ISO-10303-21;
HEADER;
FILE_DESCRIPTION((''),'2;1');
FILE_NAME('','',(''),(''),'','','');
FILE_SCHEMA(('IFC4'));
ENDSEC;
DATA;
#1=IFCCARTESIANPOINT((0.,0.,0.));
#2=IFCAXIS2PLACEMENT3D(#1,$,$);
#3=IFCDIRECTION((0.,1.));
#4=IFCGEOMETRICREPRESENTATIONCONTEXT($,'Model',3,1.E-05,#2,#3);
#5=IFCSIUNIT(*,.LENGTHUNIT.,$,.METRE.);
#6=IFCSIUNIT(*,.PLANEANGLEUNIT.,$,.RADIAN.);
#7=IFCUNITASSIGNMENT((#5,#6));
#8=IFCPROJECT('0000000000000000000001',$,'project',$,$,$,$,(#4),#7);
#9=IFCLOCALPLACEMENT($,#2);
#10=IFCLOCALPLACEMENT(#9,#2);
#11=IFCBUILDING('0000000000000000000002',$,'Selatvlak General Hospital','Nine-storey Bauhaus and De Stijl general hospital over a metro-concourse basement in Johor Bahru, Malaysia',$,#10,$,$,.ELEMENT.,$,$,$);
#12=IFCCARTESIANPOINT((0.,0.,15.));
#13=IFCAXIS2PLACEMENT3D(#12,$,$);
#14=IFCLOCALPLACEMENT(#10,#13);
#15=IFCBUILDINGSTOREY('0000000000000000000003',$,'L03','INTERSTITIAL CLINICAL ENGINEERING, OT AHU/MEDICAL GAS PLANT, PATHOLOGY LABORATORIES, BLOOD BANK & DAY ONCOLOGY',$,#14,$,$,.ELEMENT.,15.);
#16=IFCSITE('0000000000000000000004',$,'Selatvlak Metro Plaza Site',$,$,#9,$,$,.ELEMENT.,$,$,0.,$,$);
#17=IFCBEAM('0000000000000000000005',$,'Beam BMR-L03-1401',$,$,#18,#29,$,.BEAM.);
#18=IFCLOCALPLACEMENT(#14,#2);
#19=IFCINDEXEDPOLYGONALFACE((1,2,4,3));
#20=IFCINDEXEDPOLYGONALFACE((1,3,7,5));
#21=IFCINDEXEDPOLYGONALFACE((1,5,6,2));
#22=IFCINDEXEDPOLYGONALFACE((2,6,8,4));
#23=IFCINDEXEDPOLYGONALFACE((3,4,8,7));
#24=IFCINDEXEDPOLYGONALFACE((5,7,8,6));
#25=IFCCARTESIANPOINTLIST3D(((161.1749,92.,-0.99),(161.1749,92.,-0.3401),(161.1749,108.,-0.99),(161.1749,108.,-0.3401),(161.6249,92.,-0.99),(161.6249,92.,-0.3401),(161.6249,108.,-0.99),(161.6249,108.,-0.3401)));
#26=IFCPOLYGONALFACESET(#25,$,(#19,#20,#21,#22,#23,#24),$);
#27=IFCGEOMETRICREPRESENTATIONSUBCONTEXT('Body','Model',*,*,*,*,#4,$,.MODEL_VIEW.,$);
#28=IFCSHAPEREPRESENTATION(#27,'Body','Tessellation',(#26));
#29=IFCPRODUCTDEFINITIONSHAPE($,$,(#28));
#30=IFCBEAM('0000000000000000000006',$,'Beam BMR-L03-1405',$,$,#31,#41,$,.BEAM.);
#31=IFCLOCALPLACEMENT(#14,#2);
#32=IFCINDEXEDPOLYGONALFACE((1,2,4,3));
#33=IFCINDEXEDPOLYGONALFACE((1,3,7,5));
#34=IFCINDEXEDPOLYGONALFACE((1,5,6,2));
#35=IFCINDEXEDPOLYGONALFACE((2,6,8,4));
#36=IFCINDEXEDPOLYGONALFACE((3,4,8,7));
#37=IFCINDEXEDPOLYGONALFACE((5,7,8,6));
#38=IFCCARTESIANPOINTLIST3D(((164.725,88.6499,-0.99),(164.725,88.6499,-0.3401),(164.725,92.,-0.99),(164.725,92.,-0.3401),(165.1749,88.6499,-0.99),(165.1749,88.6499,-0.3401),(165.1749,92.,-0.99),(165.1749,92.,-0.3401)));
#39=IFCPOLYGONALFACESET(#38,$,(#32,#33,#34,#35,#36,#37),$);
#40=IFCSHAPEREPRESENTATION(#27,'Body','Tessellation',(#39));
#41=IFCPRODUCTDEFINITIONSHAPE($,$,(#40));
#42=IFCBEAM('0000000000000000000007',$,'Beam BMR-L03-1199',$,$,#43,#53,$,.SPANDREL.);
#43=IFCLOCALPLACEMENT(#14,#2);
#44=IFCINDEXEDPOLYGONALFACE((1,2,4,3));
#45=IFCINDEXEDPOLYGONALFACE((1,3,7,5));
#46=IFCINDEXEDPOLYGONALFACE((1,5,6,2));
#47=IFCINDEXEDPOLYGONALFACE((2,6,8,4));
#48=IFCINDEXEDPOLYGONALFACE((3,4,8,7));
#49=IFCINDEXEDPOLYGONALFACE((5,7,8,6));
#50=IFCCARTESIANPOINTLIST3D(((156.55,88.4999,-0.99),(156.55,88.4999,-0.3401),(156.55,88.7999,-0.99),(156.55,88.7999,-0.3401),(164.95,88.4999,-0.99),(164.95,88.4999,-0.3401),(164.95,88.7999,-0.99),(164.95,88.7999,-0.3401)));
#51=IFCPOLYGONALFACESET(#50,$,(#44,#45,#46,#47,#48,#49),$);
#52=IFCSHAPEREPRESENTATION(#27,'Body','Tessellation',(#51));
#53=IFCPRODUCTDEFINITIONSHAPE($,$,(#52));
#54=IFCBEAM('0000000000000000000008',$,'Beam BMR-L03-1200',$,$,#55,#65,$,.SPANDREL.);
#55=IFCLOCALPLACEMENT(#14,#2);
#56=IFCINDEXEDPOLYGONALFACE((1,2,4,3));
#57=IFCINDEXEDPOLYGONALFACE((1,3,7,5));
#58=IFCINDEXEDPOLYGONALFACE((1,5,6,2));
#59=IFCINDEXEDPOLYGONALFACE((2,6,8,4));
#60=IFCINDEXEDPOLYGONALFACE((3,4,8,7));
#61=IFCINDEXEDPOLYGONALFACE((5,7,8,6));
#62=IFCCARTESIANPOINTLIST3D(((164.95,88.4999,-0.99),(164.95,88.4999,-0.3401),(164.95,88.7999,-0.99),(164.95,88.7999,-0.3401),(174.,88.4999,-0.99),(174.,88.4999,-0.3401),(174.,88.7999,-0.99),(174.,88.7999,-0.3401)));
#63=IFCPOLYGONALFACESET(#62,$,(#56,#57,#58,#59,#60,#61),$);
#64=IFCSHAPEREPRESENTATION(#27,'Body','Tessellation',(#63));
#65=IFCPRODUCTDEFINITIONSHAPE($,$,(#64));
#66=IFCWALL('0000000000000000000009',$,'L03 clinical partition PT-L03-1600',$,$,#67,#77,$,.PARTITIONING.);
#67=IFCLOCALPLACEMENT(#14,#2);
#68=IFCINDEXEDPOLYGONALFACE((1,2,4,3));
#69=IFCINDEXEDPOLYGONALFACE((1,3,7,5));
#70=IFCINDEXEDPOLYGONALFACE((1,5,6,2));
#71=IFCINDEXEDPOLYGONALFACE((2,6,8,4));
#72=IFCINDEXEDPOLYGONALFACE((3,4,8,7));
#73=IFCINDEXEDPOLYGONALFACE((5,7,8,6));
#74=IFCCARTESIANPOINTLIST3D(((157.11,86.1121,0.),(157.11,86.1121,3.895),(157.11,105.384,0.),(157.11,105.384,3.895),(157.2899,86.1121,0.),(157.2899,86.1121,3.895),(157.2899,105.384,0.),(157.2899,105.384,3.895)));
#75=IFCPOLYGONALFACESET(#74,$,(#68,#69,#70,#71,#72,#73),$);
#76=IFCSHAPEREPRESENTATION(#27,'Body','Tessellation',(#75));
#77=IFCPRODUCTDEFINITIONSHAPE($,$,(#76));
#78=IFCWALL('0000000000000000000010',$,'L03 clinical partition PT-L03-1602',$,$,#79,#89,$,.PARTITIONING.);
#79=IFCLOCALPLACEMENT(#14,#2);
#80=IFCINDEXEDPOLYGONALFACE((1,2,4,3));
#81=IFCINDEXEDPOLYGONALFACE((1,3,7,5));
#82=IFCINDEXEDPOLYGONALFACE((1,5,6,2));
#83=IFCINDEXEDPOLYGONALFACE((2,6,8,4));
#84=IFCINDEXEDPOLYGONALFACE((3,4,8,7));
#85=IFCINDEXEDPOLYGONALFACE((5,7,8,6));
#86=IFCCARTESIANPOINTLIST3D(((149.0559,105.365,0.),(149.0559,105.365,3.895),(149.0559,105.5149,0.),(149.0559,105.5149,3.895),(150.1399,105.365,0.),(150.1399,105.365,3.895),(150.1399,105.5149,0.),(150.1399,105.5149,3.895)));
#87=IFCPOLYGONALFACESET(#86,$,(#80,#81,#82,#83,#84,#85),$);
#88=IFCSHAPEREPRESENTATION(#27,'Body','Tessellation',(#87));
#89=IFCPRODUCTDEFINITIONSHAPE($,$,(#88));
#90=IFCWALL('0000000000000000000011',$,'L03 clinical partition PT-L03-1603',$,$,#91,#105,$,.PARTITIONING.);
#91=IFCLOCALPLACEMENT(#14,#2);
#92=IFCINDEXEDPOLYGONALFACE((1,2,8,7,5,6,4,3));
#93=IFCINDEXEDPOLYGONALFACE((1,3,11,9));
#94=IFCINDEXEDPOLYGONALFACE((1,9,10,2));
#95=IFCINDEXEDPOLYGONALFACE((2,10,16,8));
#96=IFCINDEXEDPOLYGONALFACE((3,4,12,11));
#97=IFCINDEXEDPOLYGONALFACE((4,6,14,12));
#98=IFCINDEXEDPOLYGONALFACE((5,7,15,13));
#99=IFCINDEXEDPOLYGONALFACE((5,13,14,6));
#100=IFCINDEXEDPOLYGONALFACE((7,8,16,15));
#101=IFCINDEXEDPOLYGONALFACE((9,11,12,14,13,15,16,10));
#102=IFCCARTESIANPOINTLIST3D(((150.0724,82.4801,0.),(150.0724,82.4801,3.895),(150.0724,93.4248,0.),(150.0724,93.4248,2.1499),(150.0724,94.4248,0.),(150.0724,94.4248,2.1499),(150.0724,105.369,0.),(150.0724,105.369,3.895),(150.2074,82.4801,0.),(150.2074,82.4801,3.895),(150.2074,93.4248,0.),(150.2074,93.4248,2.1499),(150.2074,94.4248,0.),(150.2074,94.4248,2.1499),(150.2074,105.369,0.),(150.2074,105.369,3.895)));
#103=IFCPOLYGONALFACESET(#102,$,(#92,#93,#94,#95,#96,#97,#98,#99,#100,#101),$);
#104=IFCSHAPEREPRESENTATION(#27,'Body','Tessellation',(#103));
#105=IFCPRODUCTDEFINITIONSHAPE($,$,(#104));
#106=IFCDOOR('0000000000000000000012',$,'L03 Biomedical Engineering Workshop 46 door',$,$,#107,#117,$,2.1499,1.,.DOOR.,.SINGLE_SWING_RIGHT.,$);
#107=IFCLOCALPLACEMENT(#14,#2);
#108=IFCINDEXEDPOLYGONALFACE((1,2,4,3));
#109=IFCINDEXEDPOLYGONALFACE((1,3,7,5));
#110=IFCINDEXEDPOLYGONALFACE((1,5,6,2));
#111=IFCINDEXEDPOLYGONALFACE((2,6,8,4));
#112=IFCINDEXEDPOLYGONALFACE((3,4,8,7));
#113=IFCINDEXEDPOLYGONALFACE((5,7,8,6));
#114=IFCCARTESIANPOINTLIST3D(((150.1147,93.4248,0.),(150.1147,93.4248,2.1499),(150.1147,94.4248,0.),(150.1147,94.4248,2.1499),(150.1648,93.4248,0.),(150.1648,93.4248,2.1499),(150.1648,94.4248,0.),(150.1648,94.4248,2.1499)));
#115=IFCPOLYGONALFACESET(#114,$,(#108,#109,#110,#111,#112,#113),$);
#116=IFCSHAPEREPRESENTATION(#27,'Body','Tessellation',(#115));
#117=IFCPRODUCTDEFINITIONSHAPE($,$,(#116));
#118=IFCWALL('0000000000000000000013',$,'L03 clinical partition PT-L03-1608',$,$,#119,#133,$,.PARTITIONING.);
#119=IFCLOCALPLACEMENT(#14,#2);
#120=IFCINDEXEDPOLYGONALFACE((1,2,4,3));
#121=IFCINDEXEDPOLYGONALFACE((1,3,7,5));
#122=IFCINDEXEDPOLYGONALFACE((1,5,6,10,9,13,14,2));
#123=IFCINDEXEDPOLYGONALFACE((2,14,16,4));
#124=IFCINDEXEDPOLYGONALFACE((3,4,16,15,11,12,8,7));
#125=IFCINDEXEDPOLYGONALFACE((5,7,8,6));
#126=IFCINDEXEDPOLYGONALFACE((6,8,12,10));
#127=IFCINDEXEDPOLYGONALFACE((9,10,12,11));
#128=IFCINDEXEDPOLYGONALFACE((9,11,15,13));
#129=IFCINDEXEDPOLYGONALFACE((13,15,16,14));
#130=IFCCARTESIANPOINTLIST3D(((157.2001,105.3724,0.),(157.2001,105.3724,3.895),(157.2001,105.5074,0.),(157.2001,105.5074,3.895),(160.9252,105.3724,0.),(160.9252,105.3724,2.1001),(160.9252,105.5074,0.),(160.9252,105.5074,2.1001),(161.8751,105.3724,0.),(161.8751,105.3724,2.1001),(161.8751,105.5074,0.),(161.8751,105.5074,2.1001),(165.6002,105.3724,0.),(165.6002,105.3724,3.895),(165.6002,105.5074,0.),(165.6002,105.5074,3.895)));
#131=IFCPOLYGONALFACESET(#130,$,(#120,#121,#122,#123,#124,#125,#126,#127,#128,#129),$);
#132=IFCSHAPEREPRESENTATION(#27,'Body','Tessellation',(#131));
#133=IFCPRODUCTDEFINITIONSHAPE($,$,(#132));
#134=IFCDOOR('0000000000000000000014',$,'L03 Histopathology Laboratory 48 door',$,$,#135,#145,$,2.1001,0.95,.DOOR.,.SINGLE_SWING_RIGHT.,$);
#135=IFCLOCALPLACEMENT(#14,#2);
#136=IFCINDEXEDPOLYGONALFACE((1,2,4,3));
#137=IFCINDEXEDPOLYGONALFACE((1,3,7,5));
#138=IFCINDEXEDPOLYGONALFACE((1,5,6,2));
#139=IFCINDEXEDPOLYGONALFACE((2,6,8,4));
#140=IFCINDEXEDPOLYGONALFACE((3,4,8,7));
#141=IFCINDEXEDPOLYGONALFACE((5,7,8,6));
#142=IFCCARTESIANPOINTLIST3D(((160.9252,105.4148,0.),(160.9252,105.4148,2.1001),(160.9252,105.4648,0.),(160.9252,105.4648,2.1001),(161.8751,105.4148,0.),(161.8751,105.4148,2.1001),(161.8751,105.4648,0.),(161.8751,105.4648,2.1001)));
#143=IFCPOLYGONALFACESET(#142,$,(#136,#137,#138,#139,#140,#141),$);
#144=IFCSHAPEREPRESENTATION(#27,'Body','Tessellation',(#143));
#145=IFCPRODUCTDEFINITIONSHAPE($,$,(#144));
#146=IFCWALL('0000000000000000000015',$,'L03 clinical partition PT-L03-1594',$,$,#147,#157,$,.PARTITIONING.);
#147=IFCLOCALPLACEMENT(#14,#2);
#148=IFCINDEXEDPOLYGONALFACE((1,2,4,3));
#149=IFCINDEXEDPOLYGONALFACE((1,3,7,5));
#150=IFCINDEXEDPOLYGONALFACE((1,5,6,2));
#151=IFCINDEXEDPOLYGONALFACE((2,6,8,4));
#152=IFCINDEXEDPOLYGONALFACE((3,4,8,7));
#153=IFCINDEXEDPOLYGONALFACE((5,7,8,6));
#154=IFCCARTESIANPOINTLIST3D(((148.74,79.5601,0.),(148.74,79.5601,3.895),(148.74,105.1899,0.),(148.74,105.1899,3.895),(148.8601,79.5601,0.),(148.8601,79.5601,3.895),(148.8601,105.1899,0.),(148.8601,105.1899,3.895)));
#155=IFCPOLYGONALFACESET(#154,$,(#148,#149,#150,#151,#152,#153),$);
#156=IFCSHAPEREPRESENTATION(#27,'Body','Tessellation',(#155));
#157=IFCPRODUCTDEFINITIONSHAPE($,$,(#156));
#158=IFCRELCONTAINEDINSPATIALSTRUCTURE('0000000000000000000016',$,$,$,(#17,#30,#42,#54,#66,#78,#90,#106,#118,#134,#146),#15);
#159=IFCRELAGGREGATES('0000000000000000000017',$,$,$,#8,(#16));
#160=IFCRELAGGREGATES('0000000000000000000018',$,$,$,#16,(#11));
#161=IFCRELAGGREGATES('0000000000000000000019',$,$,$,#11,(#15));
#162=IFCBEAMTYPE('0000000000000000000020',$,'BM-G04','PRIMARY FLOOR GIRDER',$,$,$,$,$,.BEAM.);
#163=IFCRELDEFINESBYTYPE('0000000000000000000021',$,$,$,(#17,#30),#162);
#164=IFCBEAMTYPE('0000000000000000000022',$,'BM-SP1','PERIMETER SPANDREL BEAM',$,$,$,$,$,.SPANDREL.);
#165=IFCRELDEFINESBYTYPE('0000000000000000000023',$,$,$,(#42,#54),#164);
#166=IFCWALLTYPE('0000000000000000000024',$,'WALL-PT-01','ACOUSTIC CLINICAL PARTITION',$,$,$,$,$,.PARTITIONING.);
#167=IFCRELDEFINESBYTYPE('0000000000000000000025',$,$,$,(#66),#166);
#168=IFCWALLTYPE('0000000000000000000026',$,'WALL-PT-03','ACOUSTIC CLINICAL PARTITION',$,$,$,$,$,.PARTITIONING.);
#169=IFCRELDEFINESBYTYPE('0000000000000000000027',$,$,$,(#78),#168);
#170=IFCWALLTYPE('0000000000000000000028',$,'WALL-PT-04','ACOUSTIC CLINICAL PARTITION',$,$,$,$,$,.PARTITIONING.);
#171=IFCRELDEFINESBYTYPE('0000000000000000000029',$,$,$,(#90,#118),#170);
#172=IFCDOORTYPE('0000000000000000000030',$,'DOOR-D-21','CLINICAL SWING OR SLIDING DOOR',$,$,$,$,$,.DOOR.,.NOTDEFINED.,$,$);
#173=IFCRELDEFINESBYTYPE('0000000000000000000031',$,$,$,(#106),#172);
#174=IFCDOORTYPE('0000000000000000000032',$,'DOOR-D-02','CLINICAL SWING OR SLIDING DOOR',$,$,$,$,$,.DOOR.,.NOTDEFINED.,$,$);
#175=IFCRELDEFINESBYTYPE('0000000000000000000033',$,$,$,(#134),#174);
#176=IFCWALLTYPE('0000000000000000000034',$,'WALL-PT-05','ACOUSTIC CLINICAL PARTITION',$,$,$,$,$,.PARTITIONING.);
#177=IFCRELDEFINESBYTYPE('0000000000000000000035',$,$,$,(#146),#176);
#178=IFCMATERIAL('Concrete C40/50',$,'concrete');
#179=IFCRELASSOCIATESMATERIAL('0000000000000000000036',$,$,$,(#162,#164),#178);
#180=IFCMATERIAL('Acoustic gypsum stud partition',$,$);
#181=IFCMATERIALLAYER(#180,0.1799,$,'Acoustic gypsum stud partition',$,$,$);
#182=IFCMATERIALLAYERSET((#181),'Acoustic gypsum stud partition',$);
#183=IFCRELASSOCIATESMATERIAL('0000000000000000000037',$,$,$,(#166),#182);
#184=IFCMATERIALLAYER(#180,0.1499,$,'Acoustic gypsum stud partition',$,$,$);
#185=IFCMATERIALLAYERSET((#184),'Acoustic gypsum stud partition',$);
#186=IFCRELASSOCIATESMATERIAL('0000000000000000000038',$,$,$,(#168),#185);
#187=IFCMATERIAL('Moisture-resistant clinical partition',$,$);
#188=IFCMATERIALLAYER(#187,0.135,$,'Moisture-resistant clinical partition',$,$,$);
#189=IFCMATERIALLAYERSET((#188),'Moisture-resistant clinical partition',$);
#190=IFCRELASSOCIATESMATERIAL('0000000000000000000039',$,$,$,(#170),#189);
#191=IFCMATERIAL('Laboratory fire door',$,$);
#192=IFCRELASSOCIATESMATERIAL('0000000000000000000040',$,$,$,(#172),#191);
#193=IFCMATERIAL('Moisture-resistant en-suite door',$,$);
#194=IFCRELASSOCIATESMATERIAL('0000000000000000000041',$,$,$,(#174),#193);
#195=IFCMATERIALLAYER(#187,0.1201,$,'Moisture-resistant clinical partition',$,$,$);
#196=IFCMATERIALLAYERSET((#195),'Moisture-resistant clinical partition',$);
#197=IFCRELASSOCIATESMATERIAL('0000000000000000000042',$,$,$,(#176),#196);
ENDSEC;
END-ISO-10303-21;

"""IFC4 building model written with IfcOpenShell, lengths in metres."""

from ifc_helpers import new_model, si_unit, direction, frame, frame_2d, origin, origin_2d, place, context, subcontext, project, spatial, rectangle, extrude, material, layer, layer_set, material_profile, profile_set, type_object, element, fill, save


model = new_model("IFC4")

# Units and contexts
model_context = context("Model", 3, precision=1e-05, world=origin(), true_north=direction((0.0, 1.0)))
body_context = subcontext(model_context, "Body", "Model", "MODEL_VIEW")
ifc_project = project(units=[si_unit("LENGTHUNIT", "METRE"), si_unit("PLANEANGLEUNIT", "RADIAN")], contexts=[model_context])

# Site, building, storey
site_placement = place(None, origin())
site = spatial("IfcSite", under=ifc_project, at=site_placement, Name="Selatvlak Metro Plaza Site", CompositionType="ELEMENT", RefElevation=0.0)
building_placement = place(site_placement, origin())
building = spatial("IfcBuilding", under=site, at=building_placement, Name="Selatvlak General Hospital", Description="Nine-storey Bauhaus and De Stijl general hospital over a metro-concourse basement in Johor Bahru, Malaysia", CompositionType="ELEMENT")
storey_placement = place(building_placement, frame((0.0, 0.0, 15.0)))
storey = spatial("IfcBuildingStorey", under=building, at=storey_placement, Name="L03", Description="INTERSTITIAL CLINICAL ENGINEERING, OT AHU/MEDICAL GAS PLANT, PATHOLOGY LABORATORIES, BLOOD BANK & DAY ONCOLOGY", CompositionType="ELEMENT", Elevation=15.0)

# Beams
ifc_material_1 = material(Name="Concrete C40/50", Category="concrete")
ifc_material_profile_1 = material_profile(ifc_material_1, rectangle(XDim=0.45, YDim=0.6499, at=origin_2d()), Name="RC-BM 450x650")
ifc_profile_set_1 = profile_set([ifc_material_profile_1], Name="Concrete C40/50")
beam_type_1 = type_object("IfcBeamType", Name="BM-G04", Description="PRIMARY FLOOR GIRDER", PredefinedType="BEAM", material=ifc_profile_set_1)
beam_1_placement = place(storey_placement, frame((161.3999, 92.0, -0.665), z_axis=(0.0, 1.0, 0.0), x_axis=(-1.0, 0.0, 0.0)))
element("IfcBeam", 1, at=beam_1_placement, inside=storey, type_object=beam_type_1, Name="Beam BMR-L03-1401", PredefinedType="BEAM", context=body_context, shape_type="SweptSolid", body=[
    extrude(rectangle(XDim=0.45, YDim=0.6499, at=origin_2d()), origin(), (0.0, 0.0, 1.0), 16.0),
])
beam_2_placement = place(storey_placement, frame((164.95, 88.6499, -0.665), z_axis=(0.0, 1.0, 0.0), x_axis=(-1.0, 0.0, 0.0)))
element("IfcBeam", 2, at=beam_2_placement, inside=storey, type_object=beam_type_1, Name="Beam BMR-L03-1405", PredefinedType="BEAM", context=body_context, shape_type="SweptSolid", body=[
    extrude(rectangle(XDim=0.45, YDim=0.6499, at=origin_2d()), origin(), (0.0, 0.0, 1.0), 3.3501),
])
ifc_material_profile_2 = material_profile(ifc_material_1, rectangle(XDim=0.3, YDim=0.6499, at=origin_2d()), Name="RC-SP 300x650")
ifc_profile_set_2 = profile_set([ifc_material_profile_2], Name="Concrete C40/50")
beam_type_2 = type_object("IfcBeamType", Name="BM-SP1", Description="PERIMETER SPANDREL BEAM", PredefinedType="SPANDREL", material=ifc_profile_set_2)
beam_3_placement = place(storey_placement, frame((156.55, 88.6499, -0.665), z_axis=(1.0, 0.0, 0.0), x_axis=(0.0, 1.0, 0.0)))
element("IfcBeam", 3, at=beam_3_placement, inside=storey, type_object=beam_type_2, Name="Beam BMR-L03-1199", PredefinedType="SPANDREL", context=body_context, shape_type="SweptSolid", body=[
    extrude(rectangle(XDim=0.3, YDim=0.6499, at=origin_2d()), origin(), (0.0, 0.0, 1.0), 8.3999),
])
beam_4_placement = place(storey_placement, frame((164.95, 88.6499, -0.665), z_axis=(1.0, 0.0, 0.0), x_axis=(0.0, 1.0, 0.0)))
element("IfcBeam", 4, at=beam_4_placement, inside=storey, type_object=beam_type_2, Name="Beam BMR-L03-1200", PredefinedType="SPANDREL", context=body_context, shape_type="SweptSolid", body=[
    extrude(rectangle(XDim=0.3, YDim=0.6499, at=origin_2d()), origin(), (0.0, 0.0, 1.0), 9.05),
])

# Wall
ifc_material_2 = material(Name="Acoustic gypsum stud partition")
ifc_layer_1 = layer(ifc_material_2, 0.1799, Name="Acoustic gypsum stud partition")
ifc_layer_set_1 = layer_set([ifc_layer_1], Name="Acoustic gypsum stud partition")
wall_type_1 = type_object("IfcWallType", Name="WALL-PT-01", Description="ACOUSTIC CLINICAL PARTITION", PredefinedType="PARTITIONING", material=ifc_layer_set_1)
wall_1_placement = place(storey_placement, frame((157.2, 105.384, 0.0), z_axis=(0.0, 0.0, 1.0), x_axis=(0.0, -1.0, 0.0)))
element("IfcWall", 5, at=wall_1_placement, inside=storey, type_object=wall_type_1, Name="L03 clinical partition PT-L03-1600", PredefinedType="PARTITIONING", context=body_context, shape_type="SweptSolid", body=[
    extrude(rectangle(XDim=19.272, YDim=0.1799, at=frame_2d((9.636, 0.0))), origin(), (0.0, 0.0, 1.0), 3.895),
])

# Wall
ifc_layer_2 = layer(ifc_material_2, 0.1499, Name="Acoustic gypsum stud partition")
ifc_layer_set_2 = layer_set([ifc_layer_2], Name="Acoustic gypsum stud partition")
wall_type_2 = type_object("IfcWallType", Name="WALL-PT-03", Description="ACOUSTIC CLINICAL PARTITION", PredefinedType="PARTITIONING", material=ifc_layer_set_2)
wall_2_placement = place(storey_placement, frame((149.0559, 105.4399, 0.0), z_axis=(0.0, 0.0, 1.0), x_axis=(1.0, 0.0, 0.0)))
element("IfcWall", 6, at=wall_2_placement, inside=storey, type_object=wall_type_2, Name="L03 clinical partition PT-L03-1602", PredefinedType="PARTITIONING", context=body_context, shape_type="SweptSolid", body=[
    extrude(rectangle(XDim=1.084, YDim=0.1499, at=frame_2d((0.542, 0.0))), origin(), (0.0, 0.0, 1.0), 3.895),
])

# Walls, openings, doors
ifc_material_3 = material(Name="Moisture-resistant clinical partition")
ifc_layer_3 = layer(ifc_material_3, 0.135, Name="Moisture-resistant clinical partition")
ifc_layer_set_3 = layer_set([ifc_layer_3], Name="Moisture-resistant clinical partition")
wall_type_3 = type_object("IfcWallType", Name="WALL-PT-04", Description="ACOUSTIC CLINICAL PARTITION", PredefinedType="PARTITIONING", material=ifc_layer_set_3)
wall_3_placement = place(storey_placement, frame((150.1399, 105.3689, 0.0), z_axis=(0.0, 0.0, 1.0), x_axis=(0.0, -1.0, 0.0)))
wall_3 = element("IfcWall", 7, at=wall_3_placement, inside=storey, type_object=wall_type_3, Name="L03 clinical partition PT-L03-1603", PredefinedType="PARTITIONING", context=body_context, shape_type="SweptSolid", body=[
    extrude(rectangle(XDim=22.8889, YDim=0.135, at=frame_2d((11.4443, 0.0))), origin(), (0.0, 0.0, 1.0), 3.895),
])
opening_1_placement = place(wall_3_placement, frame((10.9441, 0.0, 0.0)))
opening_1 = element("IfcOpeningElement", 8, at=opening_1_placement, cuts=wall_3, PredefinedType="OPENING", context=body_context, shape_type="SweptSolid", body=[
    extrude(rectangle(XDim=1.0, YDim=2.1499, at=frame_2d((0.5, 1.075))), frame((0.0, 0.0774, 0.0), z_axis=(0.0, -1.0, 0.0), x_axis=(1.0, 0.0, 0.0)), (0.0, 0.0, 1.0), 0.155),
])
ifc_material_4 = material(Name="Laboratory fire door")
door_type_1 = type_object("IfcDoorType", Name="DOOR-D-21", Description="CLINICAL SWING OR SLIDING DOOR", OperationType="NOTDEFINED", PredefinedType="DOOR", material=ifc_material_4)
door_1_placement = place(opening_1_placement, origin())
door_1 = element("IfcDoor", 9, at=door_1_placement, inside=storey, type_object=door_type_1, Name="L03 Biomedical Engineering Workshop 46 door", OperationType="SINGLE_SWING_RIGHT", OverallHeight=2.1499, OverallWidth=1.0, PredefinedType="DOOR", context=body_context, shape_type="SweptSolid", body=[
    extrude(rectangle(XDim=1.0, YDim=2.1499, at=frame_2d((0.5, 1.075))), frame((0.0, 0.0249, 0.0), z_axis=(0.0, -1.0, 0.0), x_axis=(1.0, 0.0, 0.0)), (0.0, 0.0, 1.0), 0.05),
])
fill(opening_1, door_1)
wall_4_placement = place(storey_placement, frame((157.2, 105.4399, 0.0), z_axis=(0.0, 0.0, 1.0), x_axis=(1.0, 0.0, 0.0)))
wall_4 = element("IfcWall", 10, at=wall_4_placement, inside=storey, type_object=wall_type_3, Name="L03 clinical partition PT-L03-1608", PredefinedType="PARTITIONING", context=body_context, shape_type="SweptSolid", body=[
    extrude(rectangle(XDim=8.4001, YDim=0.135, at=frame_2d((4.2002, 0.0))), origin(), (0.0, 0.0, 1.0), 3.895),
])
opening_2_placement = place(wall_4_placement, frame((3.7251, 0.0, 0.0)))
opening_2 = element("IfcOpeningElement", 11, at=opening_2_placement, cuts=wall_4, PredefinedType="OPENING", context=body_context, shape_type="SweptSolid", body=[
    extrude(rectangle(XDim=0.95, YDim=2.1001, at=frame_2d((0.4751, 1.05))), frame((0.0, 0.0774, 0.0), z_axis=(0.0, -1.0, 0.0), x_axis=(1.0, 0.0, 0.0)), (0.0, 0.0, 1.0), 0.155),
])
ifc_material_5 = material(Name="Moisture-resistant en-suite door")
door_type_2 = type_object("IfcDoorType", Name="DOOR-D-02", Description="CLINICAL SWING OR SLIDING DOOR", OperationType="NOTDEFINED", PredefinedType="DOOR", material=ifc_material_5)
door_2_placement = place(opening_2_placement, origin())
door_2 = element("IfcDoor", 12, at=door_2_placement, inside=storey, type_object=door_type_2, Name="L03 Histopathology Laboratory 48 door", OperationType="SINGLE_SWING_RIGHT", OverallHeight=2.1001, OverallWidth=0.95, PredefinedType="DOOR", context=body_context, shape_type="SweptSolid", body=[
    extrude(rectangle(XDim=0.95, YDim=2.1001, at=frame_2d((0.4751, 1.05))), frame((0.0, 0.0249, 0.0), z_axis=(0.0, -1.0, 0.0), x_axis=(1.0, 0.0, 0.0)), (0.0, 0.0, 1.0), 0.05),
])
fill(opening_2, door_2)

# Wall
ifc_layer_4 = layer(ifc_material_3, 0.1201, Name="Moisture-resistant clinical partition")
ifc_layer_set_4 = layer_set([ifc_layer_4], Name="Moisture-resistant clinical partition")
wall_type_4 = type_object("IfcWallType", Name="WALL-PT-05", Description="ACOUSTIC CLINICAL PARTITION", PredefinedType="PARTITIONING", material=ifc_layer_set_4)
wall_5_placement = place(storey_placement, frame((148.8, 105.1899, 0.0), z_axis=(0.0, 0.0, 1.0), x_axis=(0.0, -1.0, 0.0)))
element("IfcWall", 13, at=wall_5_placement, inside=storey, type_object=wall_type_4, Name="L03 clinical partition PT-L03-1594", PredefinedType="PARTITIONING", context=body_context, shape_type="SweptSolid", body=[
    extrude(rectangle(XDim=25.6299, YDim=0.1201, at=frame_2d((12.8149, 0.0))), origin(), (0.0, 0.0, 1.0), 3.895),
])

save(model, "model.ifc")
